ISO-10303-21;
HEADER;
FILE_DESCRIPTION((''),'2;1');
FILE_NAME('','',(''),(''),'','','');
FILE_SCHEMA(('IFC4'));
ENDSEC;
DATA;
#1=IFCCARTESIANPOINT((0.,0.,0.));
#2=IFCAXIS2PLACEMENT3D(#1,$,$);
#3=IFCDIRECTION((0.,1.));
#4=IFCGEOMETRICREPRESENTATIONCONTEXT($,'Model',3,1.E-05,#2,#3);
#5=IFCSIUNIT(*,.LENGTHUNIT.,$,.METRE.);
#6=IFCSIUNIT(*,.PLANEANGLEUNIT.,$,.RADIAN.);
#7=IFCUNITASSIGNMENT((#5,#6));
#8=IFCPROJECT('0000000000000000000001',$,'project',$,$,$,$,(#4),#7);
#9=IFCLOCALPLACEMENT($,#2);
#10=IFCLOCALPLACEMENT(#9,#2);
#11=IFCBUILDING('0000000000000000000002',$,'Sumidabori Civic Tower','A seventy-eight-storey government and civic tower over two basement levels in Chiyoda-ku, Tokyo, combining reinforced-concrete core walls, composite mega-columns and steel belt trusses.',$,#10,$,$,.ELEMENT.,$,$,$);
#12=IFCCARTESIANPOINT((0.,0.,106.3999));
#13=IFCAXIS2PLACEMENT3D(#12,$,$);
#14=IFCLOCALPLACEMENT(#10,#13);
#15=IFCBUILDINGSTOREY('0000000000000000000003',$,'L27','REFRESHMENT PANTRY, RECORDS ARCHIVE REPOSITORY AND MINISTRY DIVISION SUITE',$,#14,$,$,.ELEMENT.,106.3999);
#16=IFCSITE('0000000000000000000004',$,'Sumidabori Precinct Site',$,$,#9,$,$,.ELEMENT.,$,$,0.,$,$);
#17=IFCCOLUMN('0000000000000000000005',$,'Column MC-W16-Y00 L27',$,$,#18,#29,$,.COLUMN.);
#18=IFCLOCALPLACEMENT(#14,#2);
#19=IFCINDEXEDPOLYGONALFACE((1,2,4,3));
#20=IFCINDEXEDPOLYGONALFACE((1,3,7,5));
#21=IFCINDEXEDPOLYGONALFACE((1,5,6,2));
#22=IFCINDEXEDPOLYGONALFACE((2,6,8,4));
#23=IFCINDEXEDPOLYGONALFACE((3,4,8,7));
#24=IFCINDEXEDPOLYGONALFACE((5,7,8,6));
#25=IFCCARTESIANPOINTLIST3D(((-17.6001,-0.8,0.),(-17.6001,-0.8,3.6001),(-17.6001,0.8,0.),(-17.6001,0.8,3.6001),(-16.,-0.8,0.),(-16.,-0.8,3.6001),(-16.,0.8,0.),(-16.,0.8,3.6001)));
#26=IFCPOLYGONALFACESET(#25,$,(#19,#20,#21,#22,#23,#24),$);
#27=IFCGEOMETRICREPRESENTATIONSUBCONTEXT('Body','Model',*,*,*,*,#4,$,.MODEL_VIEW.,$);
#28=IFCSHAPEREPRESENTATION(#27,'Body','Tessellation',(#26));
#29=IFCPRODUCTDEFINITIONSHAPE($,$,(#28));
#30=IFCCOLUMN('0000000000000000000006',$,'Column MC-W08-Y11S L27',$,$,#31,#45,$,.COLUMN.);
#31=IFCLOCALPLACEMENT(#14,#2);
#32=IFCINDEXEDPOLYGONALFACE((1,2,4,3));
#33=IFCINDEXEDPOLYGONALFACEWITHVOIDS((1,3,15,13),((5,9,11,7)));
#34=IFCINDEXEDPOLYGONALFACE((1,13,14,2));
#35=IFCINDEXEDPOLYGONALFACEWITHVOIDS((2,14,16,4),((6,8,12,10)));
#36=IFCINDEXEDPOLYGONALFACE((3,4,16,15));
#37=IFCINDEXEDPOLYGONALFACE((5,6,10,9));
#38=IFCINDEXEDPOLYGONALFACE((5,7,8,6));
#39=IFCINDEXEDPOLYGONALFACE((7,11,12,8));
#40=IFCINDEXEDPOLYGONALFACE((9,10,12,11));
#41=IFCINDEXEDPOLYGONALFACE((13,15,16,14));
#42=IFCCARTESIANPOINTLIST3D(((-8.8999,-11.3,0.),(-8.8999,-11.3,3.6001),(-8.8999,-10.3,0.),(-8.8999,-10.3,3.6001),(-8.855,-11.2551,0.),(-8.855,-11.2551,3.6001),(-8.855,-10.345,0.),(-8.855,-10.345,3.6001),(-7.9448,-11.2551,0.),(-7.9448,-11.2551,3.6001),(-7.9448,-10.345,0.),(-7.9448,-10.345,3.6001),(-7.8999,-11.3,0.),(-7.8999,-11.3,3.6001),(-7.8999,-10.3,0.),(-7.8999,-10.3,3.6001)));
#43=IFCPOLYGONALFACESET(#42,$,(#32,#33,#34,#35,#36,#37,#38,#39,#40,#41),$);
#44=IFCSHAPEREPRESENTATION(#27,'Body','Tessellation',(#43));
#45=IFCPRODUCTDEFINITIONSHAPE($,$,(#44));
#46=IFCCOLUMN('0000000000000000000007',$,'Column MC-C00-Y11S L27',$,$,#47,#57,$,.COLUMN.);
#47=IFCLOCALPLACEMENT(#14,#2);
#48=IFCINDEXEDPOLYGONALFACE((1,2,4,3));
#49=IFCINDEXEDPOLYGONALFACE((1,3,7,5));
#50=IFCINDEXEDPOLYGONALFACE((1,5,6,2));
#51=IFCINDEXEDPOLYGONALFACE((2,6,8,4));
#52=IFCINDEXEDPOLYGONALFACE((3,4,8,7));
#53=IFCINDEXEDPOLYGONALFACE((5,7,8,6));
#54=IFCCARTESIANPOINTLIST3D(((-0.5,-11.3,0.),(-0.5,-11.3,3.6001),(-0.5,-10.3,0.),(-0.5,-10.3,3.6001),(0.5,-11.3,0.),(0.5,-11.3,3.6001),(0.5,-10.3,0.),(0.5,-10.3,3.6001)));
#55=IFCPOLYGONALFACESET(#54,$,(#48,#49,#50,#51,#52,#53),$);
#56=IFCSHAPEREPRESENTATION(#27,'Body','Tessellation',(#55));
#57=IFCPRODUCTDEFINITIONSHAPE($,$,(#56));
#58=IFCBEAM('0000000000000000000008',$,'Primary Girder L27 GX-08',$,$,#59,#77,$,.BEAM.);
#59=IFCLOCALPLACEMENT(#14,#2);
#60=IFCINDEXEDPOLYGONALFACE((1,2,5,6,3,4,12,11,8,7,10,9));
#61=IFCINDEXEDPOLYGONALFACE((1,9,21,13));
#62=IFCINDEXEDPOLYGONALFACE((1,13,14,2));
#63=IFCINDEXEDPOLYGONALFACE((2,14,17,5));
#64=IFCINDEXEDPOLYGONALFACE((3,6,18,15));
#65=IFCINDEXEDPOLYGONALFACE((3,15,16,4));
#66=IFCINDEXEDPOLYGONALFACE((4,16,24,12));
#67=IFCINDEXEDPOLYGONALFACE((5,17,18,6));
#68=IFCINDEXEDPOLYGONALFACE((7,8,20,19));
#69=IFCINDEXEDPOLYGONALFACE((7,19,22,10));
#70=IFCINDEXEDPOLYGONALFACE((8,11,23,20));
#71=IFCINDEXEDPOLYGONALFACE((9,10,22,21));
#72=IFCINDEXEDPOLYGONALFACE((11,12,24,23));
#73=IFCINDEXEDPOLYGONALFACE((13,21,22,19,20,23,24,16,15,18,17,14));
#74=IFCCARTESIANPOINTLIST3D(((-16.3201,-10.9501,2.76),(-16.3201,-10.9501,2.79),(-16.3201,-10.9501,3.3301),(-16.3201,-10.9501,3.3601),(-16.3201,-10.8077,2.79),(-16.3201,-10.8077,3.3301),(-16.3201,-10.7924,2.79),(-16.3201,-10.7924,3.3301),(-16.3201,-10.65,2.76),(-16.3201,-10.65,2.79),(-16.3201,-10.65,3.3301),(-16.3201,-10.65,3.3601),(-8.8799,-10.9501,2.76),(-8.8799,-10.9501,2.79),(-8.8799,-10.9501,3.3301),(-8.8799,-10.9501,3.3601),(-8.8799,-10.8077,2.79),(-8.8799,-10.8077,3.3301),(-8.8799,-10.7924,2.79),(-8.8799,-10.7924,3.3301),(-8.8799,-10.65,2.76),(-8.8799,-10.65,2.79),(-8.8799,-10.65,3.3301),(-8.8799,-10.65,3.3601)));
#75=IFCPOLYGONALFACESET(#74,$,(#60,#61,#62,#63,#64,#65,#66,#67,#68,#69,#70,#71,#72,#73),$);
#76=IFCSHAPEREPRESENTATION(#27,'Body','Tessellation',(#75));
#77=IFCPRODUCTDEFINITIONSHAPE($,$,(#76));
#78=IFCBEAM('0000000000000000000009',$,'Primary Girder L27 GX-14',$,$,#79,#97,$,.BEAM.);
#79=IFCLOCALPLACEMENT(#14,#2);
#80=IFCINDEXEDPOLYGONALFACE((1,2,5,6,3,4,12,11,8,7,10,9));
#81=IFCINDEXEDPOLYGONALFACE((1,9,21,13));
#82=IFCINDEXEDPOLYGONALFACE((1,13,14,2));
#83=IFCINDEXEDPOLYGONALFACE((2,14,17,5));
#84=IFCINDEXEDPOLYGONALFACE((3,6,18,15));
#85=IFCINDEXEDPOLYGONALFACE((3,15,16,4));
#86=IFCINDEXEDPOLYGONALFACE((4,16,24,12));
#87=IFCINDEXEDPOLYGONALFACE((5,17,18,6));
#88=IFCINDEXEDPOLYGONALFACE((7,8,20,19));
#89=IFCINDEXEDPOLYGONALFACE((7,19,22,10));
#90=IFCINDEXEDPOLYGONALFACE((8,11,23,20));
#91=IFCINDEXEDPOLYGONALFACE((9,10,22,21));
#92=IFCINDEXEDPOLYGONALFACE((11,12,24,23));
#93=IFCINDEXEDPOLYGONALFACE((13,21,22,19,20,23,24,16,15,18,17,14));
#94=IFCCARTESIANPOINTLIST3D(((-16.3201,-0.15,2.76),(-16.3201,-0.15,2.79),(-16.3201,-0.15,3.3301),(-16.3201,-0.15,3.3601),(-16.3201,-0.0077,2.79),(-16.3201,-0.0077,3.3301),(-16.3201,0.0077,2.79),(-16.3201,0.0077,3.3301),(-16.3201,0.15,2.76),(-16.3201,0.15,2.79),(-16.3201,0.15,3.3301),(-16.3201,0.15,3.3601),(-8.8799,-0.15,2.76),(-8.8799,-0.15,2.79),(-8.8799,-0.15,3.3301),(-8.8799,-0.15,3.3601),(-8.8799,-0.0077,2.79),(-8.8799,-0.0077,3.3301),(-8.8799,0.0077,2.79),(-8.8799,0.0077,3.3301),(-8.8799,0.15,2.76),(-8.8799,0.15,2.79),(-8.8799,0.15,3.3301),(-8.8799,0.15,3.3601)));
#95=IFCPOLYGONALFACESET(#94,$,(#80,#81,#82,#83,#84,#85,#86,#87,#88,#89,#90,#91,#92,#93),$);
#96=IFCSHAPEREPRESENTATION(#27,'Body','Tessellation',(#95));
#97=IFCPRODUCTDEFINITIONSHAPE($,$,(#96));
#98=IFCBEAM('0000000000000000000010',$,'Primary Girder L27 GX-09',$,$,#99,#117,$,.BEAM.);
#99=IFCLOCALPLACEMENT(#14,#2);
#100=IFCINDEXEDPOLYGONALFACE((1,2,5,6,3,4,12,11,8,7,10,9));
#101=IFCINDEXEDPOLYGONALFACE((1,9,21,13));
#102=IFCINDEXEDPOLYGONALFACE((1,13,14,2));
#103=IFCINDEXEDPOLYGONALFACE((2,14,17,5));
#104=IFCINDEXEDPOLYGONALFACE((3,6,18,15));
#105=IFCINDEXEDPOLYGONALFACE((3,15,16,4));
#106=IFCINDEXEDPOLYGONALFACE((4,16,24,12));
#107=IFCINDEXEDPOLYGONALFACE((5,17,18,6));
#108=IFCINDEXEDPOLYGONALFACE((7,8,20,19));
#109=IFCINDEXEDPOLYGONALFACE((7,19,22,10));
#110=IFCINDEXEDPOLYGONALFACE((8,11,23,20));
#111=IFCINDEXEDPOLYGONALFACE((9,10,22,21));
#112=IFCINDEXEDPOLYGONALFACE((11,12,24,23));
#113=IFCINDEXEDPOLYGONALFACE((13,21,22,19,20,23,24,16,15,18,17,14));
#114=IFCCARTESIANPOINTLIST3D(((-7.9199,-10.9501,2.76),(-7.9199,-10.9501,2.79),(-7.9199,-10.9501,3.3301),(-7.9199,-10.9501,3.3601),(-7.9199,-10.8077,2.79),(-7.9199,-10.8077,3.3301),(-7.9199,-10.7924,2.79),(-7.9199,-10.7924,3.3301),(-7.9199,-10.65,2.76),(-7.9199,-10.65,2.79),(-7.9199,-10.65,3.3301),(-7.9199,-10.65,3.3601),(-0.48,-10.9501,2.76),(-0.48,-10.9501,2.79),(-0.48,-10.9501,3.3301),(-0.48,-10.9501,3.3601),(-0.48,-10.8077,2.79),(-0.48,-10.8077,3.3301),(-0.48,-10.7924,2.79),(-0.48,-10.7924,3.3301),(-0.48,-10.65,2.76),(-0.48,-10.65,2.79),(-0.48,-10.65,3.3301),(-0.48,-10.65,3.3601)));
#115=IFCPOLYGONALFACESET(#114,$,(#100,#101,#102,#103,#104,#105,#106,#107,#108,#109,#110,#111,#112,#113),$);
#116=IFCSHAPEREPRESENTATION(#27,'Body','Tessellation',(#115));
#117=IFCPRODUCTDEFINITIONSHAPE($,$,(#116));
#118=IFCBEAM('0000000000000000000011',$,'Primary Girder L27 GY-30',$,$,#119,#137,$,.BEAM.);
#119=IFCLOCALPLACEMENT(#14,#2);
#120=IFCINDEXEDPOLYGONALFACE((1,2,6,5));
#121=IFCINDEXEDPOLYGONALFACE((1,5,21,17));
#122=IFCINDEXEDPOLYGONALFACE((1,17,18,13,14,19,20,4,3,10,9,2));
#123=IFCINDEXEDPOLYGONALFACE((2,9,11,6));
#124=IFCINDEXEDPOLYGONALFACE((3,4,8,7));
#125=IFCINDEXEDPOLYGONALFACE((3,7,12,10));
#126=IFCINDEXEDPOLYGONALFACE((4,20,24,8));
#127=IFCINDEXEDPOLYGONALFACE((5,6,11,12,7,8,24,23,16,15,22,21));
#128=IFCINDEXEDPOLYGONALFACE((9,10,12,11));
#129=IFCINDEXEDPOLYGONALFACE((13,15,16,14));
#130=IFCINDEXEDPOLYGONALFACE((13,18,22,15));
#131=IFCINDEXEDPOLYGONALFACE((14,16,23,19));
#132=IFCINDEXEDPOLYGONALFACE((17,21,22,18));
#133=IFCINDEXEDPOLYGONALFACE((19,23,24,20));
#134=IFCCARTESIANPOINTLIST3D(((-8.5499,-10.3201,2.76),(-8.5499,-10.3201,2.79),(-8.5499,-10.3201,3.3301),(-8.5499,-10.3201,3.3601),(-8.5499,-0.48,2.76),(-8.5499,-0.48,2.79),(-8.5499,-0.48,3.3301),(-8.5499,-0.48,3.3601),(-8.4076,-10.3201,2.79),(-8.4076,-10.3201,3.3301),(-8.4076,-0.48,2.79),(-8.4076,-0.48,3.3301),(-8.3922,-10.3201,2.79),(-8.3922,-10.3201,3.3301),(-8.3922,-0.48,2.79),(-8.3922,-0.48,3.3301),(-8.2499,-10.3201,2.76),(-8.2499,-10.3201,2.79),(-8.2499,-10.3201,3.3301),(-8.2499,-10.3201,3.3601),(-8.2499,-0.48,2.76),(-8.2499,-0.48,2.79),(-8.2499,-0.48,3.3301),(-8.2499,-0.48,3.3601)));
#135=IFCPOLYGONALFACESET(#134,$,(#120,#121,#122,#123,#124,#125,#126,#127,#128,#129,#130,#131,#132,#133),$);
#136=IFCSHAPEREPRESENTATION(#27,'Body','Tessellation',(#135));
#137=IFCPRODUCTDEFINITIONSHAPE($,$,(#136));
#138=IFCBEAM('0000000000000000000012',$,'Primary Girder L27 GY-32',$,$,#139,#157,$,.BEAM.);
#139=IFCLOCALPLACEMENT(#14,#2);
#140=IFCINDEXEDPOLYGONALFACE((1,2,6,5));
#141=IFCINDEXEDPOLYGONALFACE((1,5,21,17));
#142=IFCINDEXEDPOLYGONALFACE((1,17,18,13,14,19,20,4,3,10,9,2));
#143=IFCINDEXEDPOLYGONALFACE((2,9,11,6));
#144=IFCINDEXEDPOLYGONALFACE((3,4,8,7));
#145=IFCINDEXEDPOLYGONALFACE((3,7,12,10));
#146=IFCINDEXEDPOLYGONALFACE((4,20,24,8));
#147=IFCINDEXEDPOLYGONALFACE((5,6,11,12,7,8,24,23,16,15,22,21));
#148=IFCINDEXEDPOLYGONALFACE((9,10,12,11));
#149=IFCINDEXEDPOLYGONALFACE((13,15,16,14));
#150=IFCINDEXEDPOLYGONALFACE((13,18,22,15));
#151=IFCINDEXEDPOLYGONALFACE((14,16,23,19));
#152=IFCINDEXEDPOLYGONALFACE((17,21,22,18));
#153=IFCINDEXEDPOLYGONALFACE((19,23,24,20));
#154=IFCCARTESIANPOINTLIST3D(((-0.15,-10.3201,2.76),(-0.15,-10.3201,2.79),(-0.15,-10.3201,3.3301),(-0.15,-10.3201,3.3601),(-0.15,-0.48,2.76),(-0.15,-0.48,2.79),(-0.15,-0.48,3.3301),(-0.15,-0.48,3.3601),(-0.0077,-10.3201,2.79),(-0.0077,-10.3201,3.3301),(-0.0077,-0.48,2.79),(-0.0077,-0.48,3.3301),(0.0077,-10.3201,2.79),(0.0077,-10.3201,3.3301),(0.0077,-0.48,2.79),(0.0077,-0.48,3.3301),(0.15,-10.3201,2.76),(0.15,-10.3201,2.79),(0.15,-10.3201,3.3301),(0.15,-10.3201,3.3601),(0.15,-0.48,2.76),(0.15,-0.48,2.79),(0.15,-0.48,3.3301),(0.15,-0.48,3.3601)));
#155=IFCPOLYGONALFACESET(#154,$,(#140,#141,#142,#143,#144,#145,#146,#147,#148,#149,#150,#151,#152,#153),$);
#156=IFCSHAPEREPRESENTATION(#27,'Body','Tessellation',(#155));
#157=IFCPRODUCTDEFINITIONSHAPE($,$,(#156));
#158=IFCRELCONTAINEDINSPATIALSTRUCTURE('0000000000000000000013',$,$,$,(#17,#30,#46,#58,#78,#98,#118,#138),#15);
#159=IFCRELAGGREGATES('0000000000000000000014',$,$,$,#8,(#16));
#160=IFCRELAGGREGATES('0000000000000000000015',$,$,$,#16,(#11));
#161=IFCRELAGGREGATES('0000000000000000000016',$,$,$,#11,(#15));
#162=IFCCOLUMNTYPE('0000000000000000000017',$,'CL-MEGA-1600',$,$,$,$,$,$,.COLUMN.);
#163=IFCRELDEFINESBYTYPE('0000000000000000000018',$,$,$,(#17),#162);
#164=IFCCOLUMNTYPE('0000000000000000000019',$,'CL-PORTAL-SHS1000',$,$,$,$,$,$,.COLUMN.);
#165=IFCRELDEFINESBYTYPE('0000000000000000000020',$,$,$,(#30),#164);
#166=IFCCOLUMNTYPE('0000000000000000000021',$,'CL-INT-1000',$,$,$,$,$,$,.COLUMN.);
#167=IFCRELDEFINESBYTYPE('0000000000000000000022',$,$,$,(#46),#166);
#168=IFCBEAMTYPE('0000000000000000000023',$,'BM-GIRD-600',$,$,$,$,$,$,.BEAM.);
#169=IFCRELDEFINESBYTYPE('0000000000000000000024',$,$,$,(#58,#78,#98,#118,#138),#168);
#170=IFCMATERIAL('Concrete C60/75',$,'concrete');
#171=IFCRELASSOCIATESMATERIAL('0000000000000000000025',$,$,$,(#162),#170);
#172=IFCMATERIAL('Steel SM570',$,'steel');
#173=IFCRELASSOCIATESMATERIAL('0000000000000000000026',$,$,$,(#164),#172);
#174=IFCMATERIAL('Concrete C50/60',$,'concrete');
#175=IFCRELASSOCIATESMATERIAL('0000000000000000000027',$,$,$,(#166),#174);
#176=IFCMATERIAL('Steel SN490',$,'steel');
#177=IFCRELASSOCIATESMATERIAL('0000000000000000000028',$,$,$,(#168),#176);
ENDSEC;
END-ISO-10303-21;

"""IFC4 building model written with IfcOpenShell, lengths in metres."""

from ifc_helpers import new_model, si_unit, direction, frame, origin, origin_2d, place, context, subcontext, project, spatial, rectangle, hollow_rectangle, i_section, extrude, source, transform, mapped, material, material_profile, profile_set, type_object, element, save


model = new_model("IFC4")

# Units and contexts
model_context = context("Model", 3, precision=1e-05, world=origin(), true_north=direction((0.0, 1.0)))
body_context = subcontext(model_context, "Body", "Model", "MODEL_VIEW")
ifc_project = project(units=[si_unit("LENGTHUNIT", "METRE"), si_unit("PLANEANGLEUNIT", "RADIAN")], contexts=[model_context])

# Site, building, storey
site_placement = place(None, origin())
site = spatial("IfcSite", under=ifc_project, at=site_placement, Name="Sumidabori Precinct Site", CompositionType="ELEMENT", RefElevation=0.0)
building_placement = place(site_placement, origin())
building = spatial("IfcBuilding", under=site, at=building_placement, Name="Sumidabori Civic Tower", Description="A seventy-eight-storey government and civic tower over two basement levels in Chiyoda-ku, Tokyo, combining reinforced-concrete core walls, composite mega-columns and steel belt trusses.", CompositionType="ELEMENT")
storey_placement = place(building_placement, frame((0.0, 0.0, 106.3999)))
storey = spatial("IfcBuildingStorey", under=building, at=storey_placement, Name="L27", Description="REFRESHMENT PANTRY, RECORDS ARCHIVE REPOSITORY AND MINISTRY DIVISION SUITE", CompositionType="ELEMENT", Elevation=106.3999)

# Columns
ifc_material_1 = material(Name="Concrete C60/75", Category="concrete")
ifc_material_profile_1 = material_profile(ifc_material_1, rectangle(XDim=1.6001, YDim=1.6001, at=origin_2d()), Name="RC 1600x1600")
ifc_profile_set_1 = profile_set([ifc_material_profile_1], Name="Concrete C60/75")
column_type_1 = type_object("IfcColumnType", Name="CL-MEGA-1600", PredefinedType="COLUMN", material=ifc_profile_set_1)
shared_shape_1 = source(origin(), body_context, "Body", "SweptSolid", [
    extrude(rectangle(XDim=1.6001, YDim=1.6001, at=origin_2d()), origin(), (0.0, 0.0, 1.0), 3.6001),
])
column_1_placement = place(storey_placement, frame((-16.8, 0.0, 0.0), z_axis=(0.0, 0.0, 1.0), x_axis=(1.0, 0.0, 0.0)))
element("IfcColumn", 1, at=column_1_placement, inside=storey, type_object=column_type_1, Name="Column MC-W16-Y00 L27", PredefinedType="COLUMN", context=body_context, shape_type="MappedRepresentation", body=[
    mapped(shared_shape_1, transform((0.0, 0.0, 0.0), x_axis=(1.0, 0.0, 0.0), y_axis=(0.0, 1.0, 0.0), z_axis=(0.0, 0.0, 1.0), scale=1.0)),
])
ifc_material_2 = material(Name="Steel SM570", Category="steel")
ifc_material_profile_2 = material_profile(ifc_material_2, hollow_rectangle(XDim=1.0, YDim=1.0, WallThickness=0.0449, at=origin_2d()), Name="SHS 1000x1000x45")
ifc_profile_set_2 = profile_set([ifc_material_profile_2], Name="Steel SM570")
column_type_2 = type_object("IfcColumnType", Name="CL-PORTAL-SHS1000", PredefinedType="COLUMN", material=ifc_profile_set_2)
shared_shape_2 = source(origin(), body_context, "Body", "SweptSolid", [
    extrude(hollow_rectangle(XDim=1.0, YDim=1.0, WallThickness=0.0449, at=origin_2d()), origin(), (0.0, 0.0, 1.0), 3.6001),
])
column_2_placement = place(storey_placement, frame((-8.3999, -10.8, 0.0), z_axis=(0.0, 0.0, 1.0), x_axis=(1.0, 0.0, 0.0)))
element("IfcColumn", 2, at=column_2_placement, inside=storey, type_object=column_type_2, Name="Column MC-W08-Y11S L27", PredefinedType="COLUMN", context=body_context, shape_type="MappedRepresentation", body=[
    mapped(shared_shape_2, transform((0.0, 0.0, 0.0), x_axis=(1.0, 0.0, 0.0), y_axis=(0.0, 1.0, 0.0), z_axis=(0.0, 0.0, 1.0), scale=1.0)),
])
ifc_material_3 = material(Name="Concrete C50/60", Category="concrete")
ifc_material_profile_3 = material_profile(ifc_material_3, rectangle(XDim=1.0, YDim=1.0, at=origin_2d()), Name="RC 1000x1000")
ifc_profile_set_3 = profile_set([ifc_material_profile_3], Name="Concrete C50/60")
column_type_3 = type_object("IfcColumnType", Name="CL-INT-1000", PredefinedType="COLUMN", material=ifc_profile_set_3)
shared_shape_3 = source(origin(), body_context, "Body", "SweptSolid", [
    extrude(rectangle(XDim=1.0, YDim=1.0, at=origin_2d()), origin(), (0.0, 0.0, 1.0), 3.6001),
])
column_3_placement = place(storey_placement, frame((0.0, -10.8, 0.0), z_axis=(0.0, 0.0, 1.0), x_axis=(1.0, 0.0, 0.0)))
element("IfcColumn", 3, at=column_3_placement, inside=storey, type_object=column_type_3, Name="Column MC-C00-Y11S L27", PredefinedType="COLUMN", context=body_context, shape_type="MappedRepresentation", body=[
    mapped(shared_shape_3, transform((0.0, 0.0, 0.0), x_axis=(1.0, 0.0, 0.0), y_axis=(0.0, 1.0, 0.0), z_axis=(0.0, 0.0, 1.0), scale=1.0)),
])

# Beams
ifc_material_4 = material(Name="Steel SN490", Category="steel")
ifc_material_profile_4 = material_profile(ifc_material_4, i_section(OverallWidth=0.3, OverallDepth=0.6001, WebThickness=0.0154, FlangeThickness=0.03, at=origin_2d()), Name="HE 600 B")
ifc_profile_set_4 = profile_set([ifc_material_profile_4], Name="Steel SN490")
beam_type_1 = type_object("IfcBeamType", Name="BM-GIRD-600", PredefinedType="BEAM", material=ifc_profile_set_4)
shared_shape_4 = source(origin(), body_context, "Body", "SweptSolid", [
    extrude(i_section(OverallWidth=0.3, OverallDepth=0.6001, WebThickness=0.0154, FlangeThickness=0.03, at=origin_2d()), origin(), (0.0, 0.0, 1.0), 7.4402),
])
for number, where, z_axis, x_axis, name in (
    (4, (-16.3201, -10.8, 3.0601), (1.0, 0.0, 0.0), (0.0, 1.0, 0.0), "Primary Girder L27 GX-08"),
    (5, (-16.3201, 0.0, 3.0601), (1.0, 0.0, 0.0), (0.0, 1.0, 0.0), "Primary Girder L27 GX-14"),
):
    element("IfcBeam", number, at=place(storey_placement, frame(where, z_axis=z_axis, x_axis=x_axis)), inside=storey, type_object=beam_type_1, Name=name, PredefinedType="BEAM", context=body_context, shape_type="MappedRepresentation", body=[
        mapped(shared_shape_4, transform((0.0, 0.0, 0.0), x_axis=(1.0, 0.0, 0.0), y_axis=(0.0, 1.0, 0.0), z_axis=(0.0, 0.0, 1.0), scale=1.0)),
    ])
shared_shape_5 = source(origin(), body_context, "Body", "SweptSolid", [
    extrude(i_section(OverallWidth=0.3, OverallDepth=0.6001, WebThickness=0.0154, FlangeThickness=0.03, at=origin_2d()), origin(), (0.0, 0.0, 1.0), 7.4399),
])
beam_placement = place(storey_placement, frame((-7.9199, -10.8, 3.0601), z_axis=(1.0, 0.0, 0.0), x_axis=(0.0, 1.0, 0.0)))
element("IfcBeam", 6, at=beam_placement, inside=storey, type_object=beam_type_1, Name="Primary Girder L27 GX-09", PredefinedType="BEAM", context=body_context, shape_type="MappedRepresentation", body=[
    mapped(shared_shape_5, transform((0.0, 0.0, 0.0), x_axis=(1.0, 0.0, 0.0), y_axis=(0.0, 1.0, 0.0), z_axis=(0.0, 0.0, 1.0), scale=1.0)),
])
shared_shape_6 = source(origin(), body_context, "Body", "SweptSolid", [
    extrude(i_section(OverallWidth=0.3, OverallDepth=0.6001, WebThickness=0.0154, FlangeThickness=0.03, at=origin_2d()), origin(), (0.0, 0.0, 1.0), 9.8401),
])
for number, where, z_axis, x_axis, name in (
    (7, (-8.3999, -10.3201, 3.0601), (0.0, 1.0, 0.0), (-1.0, 0.0, 0.0), "Primary Girder L27 GY-30"),
    (8, (0.0, -10.3201, 3.0601), (0.0, 1.0, 0.0), (-1.0, 0.0, 0.0), "Primary Girder L27 GY-32"),
):
    element("IfcBeam", number, at=place(storey_placement, frame(where, z_axis=z_axis, x_axis=x_axis)), inside=storey, type_object=beam_type_1, Name=name, PredefinedType="BEAM", context=body_context, shape_type="MappedRepresentation", body=[
        mapped(shared_shape_6, transform((0.0, 0.0, 0.0), x_axis=(1.0, 0.0, 0.0), y_axis=(0.0, 1.0, 0.0), z_axis=(0.0, 0.0, 1.0), scale=1.0)),
    ])

save(model, "model.ifc")
